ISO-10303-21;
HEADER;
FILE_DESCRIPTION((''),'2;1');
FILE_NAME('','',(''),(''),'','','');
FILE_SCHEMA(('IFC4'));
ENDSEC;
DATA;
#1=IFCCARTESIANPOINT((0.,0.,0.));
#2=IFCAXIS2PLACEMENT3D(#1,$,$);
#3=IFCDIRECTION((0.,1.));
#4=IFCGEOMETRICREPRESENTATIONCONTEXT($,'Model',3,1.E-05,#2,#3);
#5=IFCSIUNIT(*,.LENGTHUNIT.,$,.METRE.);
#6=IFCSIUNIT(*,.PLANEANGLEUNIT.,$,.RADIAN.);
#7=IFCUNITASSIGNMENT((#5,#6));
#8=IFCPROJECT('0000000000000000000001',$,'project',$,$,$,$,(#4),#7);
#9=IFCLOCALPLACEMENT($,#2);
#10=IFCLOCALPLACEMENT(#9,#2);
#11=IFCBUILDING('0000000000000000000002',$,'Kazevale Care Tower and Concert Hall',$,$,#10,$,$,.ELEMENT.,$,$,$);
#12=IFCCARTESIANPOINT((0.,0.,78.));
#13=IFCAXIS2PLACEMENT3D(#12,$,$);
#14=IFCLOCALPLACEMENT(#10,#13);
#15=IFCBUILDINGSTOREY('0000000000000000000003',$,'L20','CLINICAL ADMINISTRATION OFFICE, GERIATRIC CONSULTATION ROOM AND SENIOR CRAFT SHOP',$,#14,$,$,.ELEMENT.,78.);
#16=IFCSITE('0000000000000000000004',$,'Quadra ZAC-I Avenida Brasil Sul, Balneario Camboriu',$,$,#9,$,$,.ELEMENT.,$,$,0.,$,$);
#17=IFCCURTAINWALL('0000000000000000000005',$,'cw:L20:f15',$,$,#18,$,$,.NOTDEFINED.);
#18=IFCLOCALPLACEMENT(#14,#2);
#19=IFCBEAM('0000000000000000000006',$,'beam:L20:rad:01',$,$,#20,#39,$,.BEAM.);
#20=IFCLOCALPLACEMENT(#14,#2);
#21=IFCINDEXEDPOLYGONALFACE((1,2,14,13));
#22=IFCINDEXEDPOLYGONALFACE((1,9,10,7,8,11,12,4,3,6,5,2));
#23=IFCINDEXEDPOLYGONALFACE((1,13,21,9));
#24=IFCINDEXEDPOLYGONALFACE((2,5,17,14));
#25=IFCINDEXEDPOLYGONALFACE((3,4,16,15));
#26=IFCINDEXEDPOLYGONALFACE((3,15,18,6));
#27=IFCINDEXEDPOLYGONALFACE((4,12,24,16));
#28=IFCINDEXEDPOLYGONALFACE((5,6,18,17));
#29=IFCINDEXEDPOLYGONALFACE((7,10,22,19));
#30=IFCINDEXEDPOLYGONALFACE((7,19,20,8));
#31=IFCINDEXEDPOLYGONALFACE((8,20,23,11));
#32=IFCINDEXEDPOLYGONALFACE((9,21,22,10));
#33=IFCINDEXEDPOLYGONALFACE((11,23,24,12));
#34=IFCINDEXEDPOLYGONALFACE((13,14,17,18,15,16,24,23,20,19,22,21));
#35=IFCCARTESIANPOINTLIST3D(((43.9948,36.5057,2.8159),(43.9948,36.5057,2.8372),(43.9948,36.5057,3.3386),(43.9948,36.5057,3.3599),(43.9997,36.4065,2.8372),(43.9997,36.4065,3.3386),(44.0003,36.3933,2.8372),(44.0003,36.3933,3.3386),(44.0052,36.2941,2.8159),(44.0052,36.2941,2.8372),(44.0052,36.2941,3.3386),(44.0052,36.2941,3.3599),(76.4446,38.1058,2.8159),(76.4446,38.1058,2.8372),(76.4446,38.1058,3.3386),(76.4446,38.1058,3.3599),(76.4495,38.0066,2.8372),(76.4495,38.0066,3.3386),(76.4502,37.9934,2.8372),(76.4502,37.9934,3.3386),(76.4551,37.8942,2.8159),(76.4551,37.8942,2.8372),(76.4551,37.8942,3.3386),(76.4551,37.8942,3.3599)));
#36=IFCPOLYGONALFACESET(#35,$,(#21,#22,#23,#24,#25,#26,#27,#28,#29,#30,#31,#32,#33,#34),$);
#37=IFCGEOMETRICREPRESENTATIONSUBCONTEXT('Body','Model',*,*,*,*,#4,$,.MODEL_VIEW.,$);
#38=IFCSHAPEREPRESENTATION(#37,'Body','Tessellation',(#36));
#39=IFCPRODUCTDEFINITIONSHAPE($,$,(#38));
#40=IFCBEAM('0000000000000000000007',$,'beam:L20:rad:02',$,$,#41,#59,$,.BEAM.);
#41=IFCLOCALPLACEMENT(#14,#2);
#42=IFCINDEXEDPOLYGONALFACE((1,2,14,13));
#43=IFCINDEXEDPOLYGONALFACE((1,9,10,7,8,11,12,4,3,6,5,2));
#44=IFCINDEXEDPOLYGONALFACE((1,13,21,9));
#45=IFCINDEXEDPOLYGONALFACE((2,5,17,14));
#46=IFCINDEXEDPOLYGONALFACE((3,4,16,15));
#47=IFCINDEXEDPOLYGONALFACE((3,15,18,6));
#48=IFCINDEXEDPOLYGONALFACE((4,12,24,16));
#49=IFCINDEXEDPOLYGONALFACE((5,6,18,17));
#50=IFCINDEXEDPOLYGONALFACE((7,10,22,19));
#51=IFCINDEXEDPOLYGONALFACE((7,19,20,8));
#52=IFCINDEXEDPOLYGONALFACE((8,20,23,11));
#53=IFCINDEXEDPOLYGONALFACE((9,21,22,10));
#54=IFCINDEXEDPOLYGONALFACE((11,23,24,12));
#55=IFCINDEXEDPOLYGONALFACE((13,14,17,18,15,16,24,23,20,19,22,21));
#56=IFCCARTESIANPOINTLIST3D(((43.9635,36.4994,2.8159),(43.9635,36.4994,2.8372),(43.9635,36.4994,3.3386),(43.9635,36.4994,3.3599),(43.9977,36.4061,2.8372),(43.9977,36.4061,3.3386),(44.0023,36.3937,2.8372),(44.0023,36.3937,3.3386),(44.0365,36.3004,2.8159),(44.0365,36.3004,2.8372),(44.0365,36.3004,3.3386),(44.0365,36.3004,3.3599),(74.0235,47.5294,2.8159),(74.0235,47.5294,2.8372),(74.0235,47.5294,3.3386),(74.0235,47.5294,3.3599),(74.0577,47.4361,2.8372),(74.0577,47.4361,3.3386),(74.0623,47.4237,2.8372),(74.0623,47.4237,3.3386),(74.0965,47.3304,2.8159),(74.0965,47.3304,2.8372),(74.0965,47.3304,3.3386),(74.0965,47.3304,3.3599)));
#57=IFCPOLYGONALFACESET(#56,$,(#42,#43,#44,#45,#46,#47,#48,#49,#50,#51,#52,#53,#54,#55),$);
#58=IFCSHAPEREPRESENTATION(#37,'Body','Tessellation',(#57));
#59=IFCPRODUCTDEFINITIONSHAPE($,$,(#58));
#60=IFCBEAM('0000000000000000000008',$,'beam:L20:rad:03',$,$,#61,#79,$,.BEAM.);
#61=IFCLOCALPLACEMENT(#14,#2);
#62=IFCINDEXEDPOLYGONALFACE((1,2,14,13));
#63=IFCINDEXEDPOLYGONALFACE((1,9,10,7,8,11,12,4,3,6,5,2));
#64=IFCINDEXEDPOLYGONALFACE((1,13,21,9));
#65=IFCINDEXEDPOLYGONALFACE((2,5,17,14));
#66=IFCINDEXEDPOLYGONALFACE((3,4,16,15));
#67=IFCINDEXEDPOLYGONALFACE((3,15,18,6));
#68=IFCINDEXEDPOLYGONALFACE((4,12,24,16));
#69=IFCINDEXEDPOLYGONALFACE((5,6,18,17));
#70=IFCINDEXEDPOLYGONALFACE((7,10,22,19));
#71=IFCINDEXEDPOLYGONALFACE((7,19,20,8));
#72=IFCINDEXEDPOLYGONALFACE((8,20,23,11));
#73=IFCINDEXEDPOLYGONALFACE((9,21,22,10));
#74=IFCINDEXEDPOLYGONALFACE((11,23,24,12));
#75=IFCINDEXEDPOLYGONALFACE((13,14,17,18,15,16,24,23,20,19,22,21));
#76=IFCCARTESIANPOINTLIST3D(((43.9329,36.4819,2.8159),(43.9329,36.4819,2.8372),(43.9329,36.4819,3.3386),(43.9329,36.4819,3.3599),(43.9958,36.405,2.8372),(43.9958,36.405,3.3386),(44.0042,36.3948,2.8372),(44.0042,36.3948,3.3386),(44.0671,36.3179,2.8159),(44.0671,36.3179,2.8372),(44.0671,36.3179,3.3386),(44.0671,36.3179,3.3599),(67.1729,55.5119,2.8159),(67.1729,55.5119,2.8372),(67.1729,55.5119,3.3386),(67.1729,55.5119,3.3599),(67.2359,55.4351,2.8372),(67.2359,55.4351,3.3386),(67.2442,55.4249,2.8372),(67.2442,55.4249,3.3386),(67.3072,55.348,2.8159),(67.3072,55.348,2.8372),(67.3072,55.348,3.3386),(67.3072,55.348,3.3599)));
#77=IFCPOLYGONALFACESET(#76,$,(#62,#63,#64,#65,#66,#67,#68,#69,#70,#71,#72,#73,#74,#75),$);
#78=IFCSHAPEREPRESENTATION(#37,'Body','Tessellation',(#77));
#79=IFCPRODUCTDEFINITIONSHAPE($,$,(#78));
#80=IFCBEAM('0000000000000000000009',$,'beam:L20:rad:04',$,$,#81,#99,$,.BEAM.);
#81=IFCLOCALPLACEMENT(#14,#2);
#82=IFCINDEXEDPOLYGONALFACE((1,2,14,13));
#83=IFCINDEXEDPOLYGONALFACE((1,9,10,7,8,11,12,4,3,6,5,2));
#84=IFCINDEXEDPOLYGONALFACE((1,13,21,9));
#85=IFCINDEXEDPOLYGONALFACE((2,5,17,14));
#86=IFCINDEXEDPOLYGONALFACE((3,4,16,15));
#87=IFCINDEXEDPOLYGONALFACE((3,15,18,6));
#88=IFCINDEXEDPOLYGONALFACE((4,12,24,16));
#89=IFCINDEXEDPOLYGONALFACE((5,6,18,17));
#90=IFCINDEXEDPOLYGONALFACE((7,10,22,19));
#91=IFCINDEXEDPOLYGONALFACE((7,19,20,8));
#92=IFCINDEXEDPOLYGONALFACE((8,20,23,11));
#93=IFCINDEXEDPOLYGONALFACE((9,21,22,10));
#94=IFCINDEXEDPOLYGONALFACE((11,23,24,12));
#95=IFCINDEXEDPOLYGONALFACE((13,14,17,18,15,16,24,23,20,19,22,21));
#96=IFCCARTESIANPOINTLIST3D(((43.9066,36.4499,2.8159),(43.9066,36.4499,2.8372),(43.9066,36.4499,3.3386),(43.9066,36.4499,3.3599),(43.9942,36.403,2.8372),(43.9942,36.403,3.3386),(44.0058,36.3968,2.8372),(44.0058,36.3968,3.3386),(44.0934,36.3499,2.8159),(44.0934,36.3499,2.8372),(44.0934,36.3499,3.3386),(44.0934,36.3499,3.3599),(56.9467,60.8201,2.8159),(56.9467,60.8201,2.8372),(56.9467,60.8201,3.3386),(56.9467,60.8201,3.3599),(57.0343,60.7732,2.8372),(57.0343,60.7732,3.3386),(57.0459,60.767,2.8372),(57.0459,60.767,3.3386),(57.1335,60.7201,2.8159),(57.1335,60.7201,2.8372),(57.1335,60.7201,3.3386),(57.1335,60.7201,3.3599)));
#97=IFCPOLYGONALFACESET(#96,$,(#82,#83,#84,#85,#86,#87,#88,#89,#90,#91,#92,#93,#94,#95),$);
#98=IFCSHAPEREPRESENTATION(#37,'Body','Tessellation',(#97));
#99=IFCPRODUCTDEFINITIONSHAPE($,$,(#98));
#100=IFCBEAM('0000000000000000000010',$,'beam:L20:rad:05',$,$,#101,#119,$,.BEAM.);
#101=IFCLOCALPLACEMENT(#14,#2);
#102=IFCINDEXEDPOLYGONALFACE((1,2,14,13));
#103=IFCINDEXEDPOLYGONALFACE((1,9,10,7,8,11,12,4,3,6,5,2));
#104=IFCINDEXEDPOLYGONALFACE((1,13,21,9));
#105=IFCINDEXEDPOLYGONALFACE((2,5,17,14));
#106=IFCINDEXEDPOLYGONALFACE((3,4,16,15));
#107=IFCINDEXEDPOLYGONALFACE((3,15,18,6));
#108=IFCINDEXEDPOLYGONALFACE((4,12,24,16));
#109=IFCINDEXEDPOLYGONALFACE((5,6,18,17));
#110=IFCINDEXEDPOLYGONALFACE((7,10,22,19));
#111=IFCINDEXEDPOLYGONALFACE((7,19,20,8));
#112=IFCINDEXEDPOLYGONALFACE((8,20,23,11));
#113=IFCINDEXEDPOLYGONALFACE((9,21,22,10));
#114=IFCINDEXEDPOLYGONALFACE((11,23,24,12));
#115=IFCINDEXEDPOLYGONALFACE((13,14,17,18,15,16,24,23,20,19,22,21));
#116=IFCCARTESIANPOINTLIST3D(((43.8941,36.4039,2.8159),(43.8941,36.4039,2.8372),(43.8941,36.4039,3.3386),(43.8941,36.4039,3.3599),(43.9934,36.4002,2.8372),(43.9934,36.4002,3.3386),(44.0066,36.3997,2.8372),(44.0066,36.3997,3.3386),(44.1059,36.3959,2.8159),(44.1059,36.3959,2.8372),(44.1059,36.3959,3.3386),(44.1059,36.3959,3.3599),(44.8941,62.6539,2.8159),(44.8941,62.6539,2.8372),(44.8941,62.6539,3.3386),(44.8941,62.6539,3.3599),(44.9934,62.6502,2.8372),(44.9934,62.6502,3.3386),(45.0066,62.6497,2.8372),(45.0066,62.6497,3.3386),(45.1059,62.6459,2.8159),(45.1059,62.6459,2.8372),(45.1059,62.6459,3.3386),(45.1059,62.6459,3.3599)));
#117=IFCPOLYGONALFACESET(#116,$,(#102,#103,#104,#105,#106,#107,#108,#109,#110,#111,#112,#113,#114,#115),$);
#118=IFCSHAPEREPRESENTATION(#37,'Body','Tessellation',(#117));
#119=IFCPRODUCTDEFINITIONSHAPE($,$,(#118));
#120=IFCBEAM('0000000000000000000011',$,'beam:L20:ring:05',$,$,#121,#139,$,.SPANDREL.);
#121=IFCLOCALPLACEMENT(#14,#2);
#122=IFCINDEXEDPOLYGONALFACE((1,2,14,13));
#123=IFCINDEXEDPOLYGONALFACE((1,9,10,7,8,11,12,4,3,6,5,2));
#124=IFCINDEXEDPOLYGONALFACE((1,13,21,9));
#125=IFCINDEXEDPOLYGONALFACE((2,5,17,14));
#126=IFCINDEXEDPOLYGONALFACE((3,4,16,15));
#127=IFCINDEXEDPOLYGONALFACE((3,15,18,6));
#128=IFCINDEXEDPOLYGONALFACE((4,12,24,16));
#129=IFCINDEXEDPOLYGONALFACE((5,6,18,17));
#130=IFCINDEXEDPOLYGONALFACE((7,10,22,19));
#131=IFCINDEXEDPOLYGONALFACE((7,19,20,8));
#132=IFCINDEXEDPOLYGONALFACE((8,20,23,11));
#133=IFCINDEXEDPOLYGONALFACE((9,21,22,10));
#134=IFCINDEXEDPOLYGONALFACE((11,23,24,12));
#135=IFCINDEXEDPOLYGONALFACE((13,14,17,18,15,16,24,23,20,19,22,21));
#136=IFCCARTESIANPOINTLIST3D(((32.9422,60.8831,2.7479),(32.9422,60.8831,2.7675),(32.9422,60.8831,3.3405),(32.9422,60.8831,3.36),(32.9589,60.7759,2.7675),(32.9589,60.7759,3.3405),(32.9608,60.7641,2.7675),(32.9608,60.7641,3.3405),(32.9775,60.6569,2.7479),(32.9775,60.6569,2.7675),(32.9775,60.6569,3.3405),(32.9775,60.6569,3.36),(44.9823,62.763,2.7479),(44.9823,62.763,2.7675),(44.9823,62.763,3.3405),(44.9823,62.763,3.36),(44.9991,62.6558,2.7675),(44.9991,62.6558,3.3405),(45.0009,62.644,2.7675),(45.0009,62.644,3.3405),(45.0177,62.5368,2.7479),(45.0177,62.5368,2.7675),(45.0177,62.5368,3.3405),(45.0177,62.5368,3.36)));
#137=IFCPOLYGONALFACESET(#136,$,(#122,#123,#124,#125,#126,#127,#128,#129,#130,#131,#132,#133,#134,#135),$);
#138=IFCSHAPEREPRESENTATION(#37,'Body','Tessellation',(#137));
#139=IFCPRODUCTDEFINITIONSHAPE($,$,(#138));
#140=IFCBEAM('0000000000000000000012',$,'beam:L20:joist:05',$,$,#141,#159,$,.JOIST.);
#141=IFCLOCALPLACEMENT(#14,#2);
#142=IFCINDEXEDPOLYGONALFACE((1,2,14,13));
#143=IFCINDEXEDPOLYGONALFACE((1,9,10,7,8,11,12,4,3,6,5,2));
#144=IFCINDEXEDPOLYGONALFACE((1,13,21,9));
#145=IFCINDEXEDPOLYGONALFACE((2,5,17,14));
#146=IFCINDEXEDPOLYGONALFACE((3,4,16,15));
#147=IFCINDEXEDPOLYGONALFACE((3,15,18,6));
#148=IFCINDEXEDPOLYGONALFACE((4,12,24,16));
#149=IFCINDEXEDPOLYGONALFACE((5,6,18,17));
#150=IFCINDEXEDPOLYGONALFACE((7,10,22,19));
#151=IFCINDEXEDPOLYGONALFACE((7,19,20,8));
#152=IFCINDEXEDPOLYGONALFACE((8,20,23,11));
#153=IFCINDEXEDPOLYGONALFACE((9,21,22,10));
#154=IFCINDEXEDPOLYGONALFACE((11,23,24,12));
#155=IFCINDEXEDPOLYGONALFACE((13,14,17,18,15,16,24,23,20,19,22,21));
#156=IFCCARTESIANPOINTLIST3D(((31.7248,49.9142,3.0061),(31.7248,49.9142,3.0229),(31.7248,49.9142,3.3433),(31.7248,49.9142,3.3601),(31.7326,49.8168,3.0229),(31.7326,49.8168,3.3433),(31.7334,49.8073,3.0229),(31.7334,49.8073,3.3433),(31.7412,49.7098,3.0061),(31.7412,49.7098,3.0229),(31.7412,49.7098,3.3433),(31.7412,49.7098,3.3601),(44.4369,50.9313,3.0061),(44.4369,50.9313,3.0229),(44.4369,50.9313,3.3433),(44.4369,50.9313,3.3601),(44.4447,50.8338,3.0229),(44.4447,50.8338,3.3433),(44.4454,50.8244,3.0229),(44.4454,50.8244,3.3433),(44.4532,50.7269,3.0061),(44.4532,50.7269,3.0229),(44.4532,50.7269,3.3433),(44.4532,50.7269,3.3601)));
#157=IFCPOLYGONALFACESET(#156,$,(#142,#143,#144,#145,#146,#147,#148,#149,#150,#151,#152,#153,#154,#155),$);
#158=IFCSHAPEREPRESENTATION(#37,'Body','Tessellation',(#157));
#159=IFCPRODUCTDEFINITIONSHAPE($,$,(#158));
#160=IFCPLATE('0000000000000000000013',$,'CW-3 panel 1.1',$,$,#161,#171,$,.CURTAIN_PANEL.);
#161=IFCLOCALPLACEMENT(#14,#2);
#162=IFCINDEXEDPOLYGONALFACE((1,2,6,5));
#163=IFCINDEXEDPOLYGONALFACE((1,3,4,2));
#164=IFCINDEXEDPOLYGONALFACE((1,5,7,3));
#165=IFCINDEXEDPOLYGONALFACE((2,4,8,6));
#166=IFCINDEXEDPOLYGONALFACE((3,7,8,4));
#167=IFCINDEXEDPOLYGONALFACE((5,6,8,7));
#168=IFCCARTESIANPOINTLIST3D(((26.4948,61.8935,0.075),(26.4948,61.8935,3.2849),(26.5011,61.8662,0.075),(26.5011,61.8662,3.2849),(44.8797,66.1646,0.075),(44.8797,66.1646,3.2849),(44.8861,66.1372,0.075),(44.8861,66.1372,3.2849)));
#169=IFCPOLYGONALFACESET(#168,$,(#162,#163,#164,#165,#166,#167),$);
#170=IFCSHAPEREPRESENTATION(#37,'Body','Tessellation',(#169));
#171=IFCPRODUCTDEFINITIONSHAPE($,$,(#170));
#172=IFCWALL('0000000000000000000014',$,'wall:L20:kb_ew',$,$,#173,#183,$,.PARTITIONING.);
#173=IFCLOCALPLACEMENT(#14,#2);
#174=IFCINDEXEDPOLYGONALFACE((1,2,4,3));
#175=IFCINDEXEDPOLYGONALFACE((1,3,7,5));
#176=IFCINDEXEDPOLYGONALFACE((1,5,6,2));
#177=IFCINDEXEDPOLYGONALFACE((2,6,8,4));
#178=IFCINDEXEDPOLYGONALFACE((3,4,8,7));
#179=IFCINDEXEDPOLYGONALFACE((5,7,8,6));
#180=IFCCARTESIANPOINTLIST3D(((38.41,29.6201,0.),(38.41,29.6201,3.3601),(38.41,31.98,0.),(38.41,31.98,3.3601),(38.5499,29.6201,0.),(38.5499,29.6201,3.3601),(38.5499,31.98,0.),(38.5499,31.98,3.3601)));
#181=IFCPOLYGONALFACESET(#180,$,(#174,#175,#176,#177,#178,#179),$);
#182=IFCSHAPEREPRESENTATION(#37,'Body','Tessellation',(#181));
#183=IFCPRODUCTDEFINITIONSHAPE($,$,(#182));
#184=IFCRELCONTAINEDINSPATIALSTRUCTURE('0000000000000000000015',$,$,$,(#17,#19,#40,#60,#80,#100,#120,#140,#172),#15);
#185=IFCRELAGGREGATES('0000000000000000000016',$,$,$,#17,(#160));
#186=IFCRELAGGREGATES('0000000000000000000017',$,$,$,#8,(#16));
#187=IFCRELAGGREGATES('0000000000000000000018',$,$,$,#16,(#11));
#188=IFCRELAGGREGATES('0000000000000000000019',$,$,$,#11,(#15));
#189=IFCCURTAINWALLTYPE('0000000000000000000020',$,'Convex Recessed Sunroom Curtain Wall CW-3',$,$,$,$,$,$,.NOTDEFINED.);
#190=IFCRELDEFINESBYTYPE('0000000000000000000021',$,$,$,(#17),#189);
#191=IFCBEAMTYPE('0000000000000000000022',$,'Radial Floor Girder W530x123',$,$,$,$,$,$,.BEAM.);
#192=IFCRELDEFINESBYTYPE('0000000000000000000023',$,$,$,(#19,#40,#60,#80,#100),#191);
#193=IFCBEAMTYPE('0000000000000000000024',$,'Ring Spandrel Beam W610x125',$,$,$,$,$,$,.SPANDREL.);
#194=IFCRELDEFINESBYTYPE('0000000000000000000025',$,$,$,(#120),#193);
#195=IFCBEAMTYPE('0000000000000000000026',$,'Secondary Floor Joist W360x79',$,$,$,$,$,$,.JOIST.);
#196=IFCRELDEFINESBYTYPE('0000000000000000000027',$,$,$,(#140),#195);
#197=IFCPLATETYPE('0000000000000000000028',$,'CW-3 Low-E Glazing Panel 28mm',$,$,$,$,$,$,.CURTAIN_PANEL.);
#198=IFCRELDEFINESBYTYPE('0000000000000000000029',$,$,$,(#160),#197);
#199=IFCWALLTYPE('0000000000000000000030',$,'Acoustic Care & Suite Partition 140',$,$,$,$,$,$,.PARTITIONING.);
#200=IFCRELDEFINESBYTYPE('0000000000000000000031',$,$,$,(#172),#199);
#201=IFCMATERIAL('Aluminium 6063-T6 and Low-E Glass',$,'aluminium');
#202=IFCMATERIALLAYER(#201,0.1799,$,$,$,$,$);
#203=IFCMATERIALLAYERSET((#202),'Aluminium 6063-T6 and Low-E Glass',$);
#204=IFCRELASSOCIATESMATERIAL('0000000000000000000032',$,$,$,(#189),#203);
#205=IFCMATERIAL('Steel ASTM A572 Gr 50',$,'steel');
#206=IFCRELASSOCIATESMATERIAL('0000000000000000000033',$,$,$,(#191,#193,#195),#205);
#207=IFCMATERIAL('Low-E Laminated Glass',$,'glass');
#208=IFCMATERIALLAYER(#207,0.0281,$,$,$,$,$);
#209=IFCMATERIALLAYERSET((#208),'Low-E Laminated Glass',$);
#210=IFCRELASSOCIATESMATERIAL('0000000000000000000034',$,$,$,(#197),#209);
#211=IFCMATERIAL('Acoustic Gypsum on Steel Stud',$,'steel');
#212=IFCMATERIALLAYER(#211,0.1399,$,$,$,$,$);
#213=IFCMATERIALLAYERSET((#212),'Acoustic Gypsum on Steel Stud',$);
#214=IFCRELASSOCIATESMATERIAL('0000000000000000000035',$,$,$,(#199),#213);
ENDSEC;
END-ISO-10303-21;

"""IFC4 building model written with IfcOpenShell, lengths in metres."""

from ifc_helpers import new_model, si_unit, direction, frame, frame_2d, origin, origin_2d, place, context, subcontext, project, spatial, rectangle, i_section, extrude, material, layer, layer_set, material_profile, profile_set, type_object, element, aggregate, save


model = new_model("IFC4")

# Units and contexts
model_context = context("Model", 3, precision=1e-05, world=origin(), true_north=direction((0.0, 1.0)))
body_context = subcontext(model_context, "Body", "Model", "MODEL_VIEW")
ifc_project = project(units=[si_unit("LENGTHUNIT", "METRE"), si_unit("PLANEANGLEUNIT", "RADIAN")], contexts=[model_context])

# Site, building, storey
site_placement = place(None, origin())
site = spatial("IfcSite", under=ifc_project, at=site_placement, Name="Quadra ZAC-I Avenida Brasil Sul, Balneario Camboriu", CompositionType="ELEMENT", RefElevation=0.0)
building_placement = place(site_placement, origin())
building = spatial("IfcBuilding", under=site, at=building_placement, Name="Kazevale Care Tower and Concert Hall", CompositionType="ELEMENT")
storey_placement = place(building_placement, frame((0.0, 0.0, 78.0)))
storey = spatial("IfcBuildingStorey", under=building, at=storey_placement, Name="L20", Description="CLINICAL ADMINISTRATION OFFICE, GERIATRIC CONSULTATION ROOM AND SENIOR CRAFT SHOP", CompositionType="ELEMENT", Elevation=78.0)

# Shared definitions
ifc_material_1 = material(Name="Aluminium 6063-T6 and Low-E Glass", Category="aluminium")

# Curtain wall
ifc_layer_1 = layer(ifc_material_1, 0.1799)
ifc_layer_set_1 = layer_set([ifc_layer_1], Name="Aluminium 6063-T6 and Low-E Glass")
curtain_wall_type_1 = type_object("IfcCurtainWallType", Name="Convex Recessed Sunroom Curtain Wall CW-3", PredefinedType="NOTDEFINED", material=ifc_layer_set_1)
curtain_wall_1_placement = place(storey_placement, origin())
curtain_wall_1 = element("IfcCurtainWall", 1, at=curtain_wall_1_placement, inside=storey, type_object=curtain_wall_type_1, Name="cw:L20:f15", PredefinedType="NOTDEFINED")

# Beams
ifc_material_2 = material(Name="Steel ASTM A572 Gr 50", Category="steel")
ifc_material_profile_1 = material_profile(ifc_material_2, i_section(OverallWidth=0.2119, OverallDepth=0.5439, WebThickness=0.0132, FlangeThickness=0.0212, at=origin_2d()), Name="W530x123")
ifc_profile_set_1 = profile_set([ifc_material_profile_1], Name="Steel ASTM A572 Gr 50")
beam_type_1 = type_object("IfcBeamType", Name="Radial Floor Girder W530x123", PredefinedType="BEAM", material=ifc_profile_set_1)
beam_1_placement = place(storey_placement, frame((44.0, 36.3999, 3.0879), z_axis=(0.998786, 0.04925, 0.0), x_axis=(-0.04925, 0.998786, 0.0)))
element("IfcBeam", 2, at=beam_1_placement, inside=storey, type_object=beam_type_1, Name="beam:L20:rad:01", PredefinedType="BEAM", context=body_context, shape_type="SweptSolid", body=[
    extrude(i_section(OverallWidth=0.2119, OverallDepth=0.5439, WebThickness=0.0132, FlangeThickness=0.0212, at=origin_2d()), origin(), (0.0, 0.0, 1.0), 32.4893),
])
beam_2_placement = place(storey_placement, frame((44.0, 36.3999, 3.0879), z_axis=(0.938795, 0.344475, 0.0), x_axis=(-0.344475, 0.938795, 0.0)))
element("IfcBeam", 3, at=beam_2_placement, inside=storey, type_object=beam_type_1, Name="beam:L20:rad:02", PredefinedType="BEAM", context=body_context, shape_type="SweptSolid", body=[
    extrude(i_section(OverallWidth=0.2119, OverallDepth=0.5439, WebThickness=0.0132, FlangeThickness=0.0212, at=origin_2d()), origin(), (0.0, 0.0, 1.0), 32.0198),
])
beam_3_placement = place(storey_placement, frame((44.0, 36.3999, 3.0879), z_axis=(0.773704, 0.633547, 0.0), x_axis=(-0.633547, 0.773704, 0.0)))
element("IfcBeam", 4, at=beam_3_placement, inside=storey, type_object=beam_type_1, Name="beam:L20:rad:03", PredefinedType="BEAM", context=body_context, shape_type="SweptSolid", body=[
    extrude(i_section(OverallWidth=0.2119, OverallDepth=0.5439, WebThickness=0.0132, FlangeThickness=0.0212, at=origin_2d()), origin(), (0.0, 0.0, 1.0), 30.0374),
])
beam_4_placement = place(storey_placement, frame((44.0, 36.3999, 3.0879), z_axis=(0.471789, 0.881712, 0.0), x_axis=(-0.881712, 0.471789, 0.0)))
element("IfcBeam", 5, at=beam_4_placement, inside=storey, type_object=beam_type_1, Name="beam:L20:rad:04", PredefinedType="BEAM", context=body_context, shape_type="SweptSolid", body=[
    extrude(i_section(OverallWidth=0.2119, OverallDepth=0.5439, WebThickness=0.0132, FlangeThickness=0.0212, at=origin_2d()), origin(), (0.0, 0.0, 1.0), 27.6396),
])
beam_5_placement = place(storey_placement, frame((44.0, 36.3999, 3.0879), z_axis=(0.038068, 0.999275, 0.0), x_axis=(-0.999275, 0.038068, 0.0)))
element("IfcBeam", 6, at=beam_5_placement, inside=storey, type_object=beam_type_1, Name="beam:L20:rad:05", PredefinedType="BEAM", context=body_context, shape_type="SweptSolid", body=[
    extrude(i_section(OverallWidth=0.2119, OverallDepth=0.5439, WebThickness=0.0132, FlangeThickness=0.0212, at=origin_2d()), origin(), (0.0, 0.0, 1.0), 26.269),
])
ifc_material_profile_2 = material_profile(ifc_material_2, i_section(OverallWidth=0.229, OverallDepth=0.6121, WebThickness=0.012, FlangeThickness=0.0195, at=origin_2d()), Name="W610x125")
ifc_profile_set_2 = profile_set([ifc_material_profile_2], Name="Steel ASTM A572 Gr 50")
beam_type_2 = type_object("IfcBeamType", Name="Ring Spandrel Beam W610x125", PredefinedType="SPANDREL", material=ifc_profile_set_2)
beam_6_placement = place(storey_placement, frame((45.0, 62.6499, 3.054), z_axis=(-0.988029, -0.154267, 0.0), x_axis=(0.154267, -0.988029, 0.0)))
element("IfcBeam", 7, at=beam_6_placement, inside=storey, type_object=beam_type_2, Name="beam:L20:ring:05", PredefinedType="SPANDREL", context=body_context, shape_type="SweptSolid", body=[
    extrude(i_section(OverallWidth=0.229, OverallDepth=0.6121, WebThickness=0.012, FlangeThickness=0.0195, at=origin_2d()), origin(), (0.0, 0.0, 1.0), 12.186),
])
ifc_material_profile_3 = material_profile(ifc_material_2, i_section(OverallWidth=0.2051, OverallDepth=0.354, WebThickness=0.0095, FlangeThickness=0.0168, at=origin_2d()), Name="W360x79")
ifc_profile_set_3 = profile_set([ifc_material_profile_3], Name="Steel ASTM A572 Gr 50")
beam_type_3 = type_object("IfcBeamType", Name="Secondary Floor Joist W360x79", PredefinedType="JOIST", material=ifc_profile_set_3)
beam_7_placement = place(storey_placement, frame((44.4451, 50.8291, 3.1831), z_axis=(-0.996815, -0.079754, 0.0), x_axis=(0.079754, -0.996815, 0.0)))
element("IfcBeam", 8, at=beam_7_placement, inside=storey, type_object=beam_type_3, Name="beam:L20:joist:05", PredefinedType="JOIST", context=body_context, shape_type="SweptSolid", body=[
    extrude(i_section(OverallWidth=0.2051, OverallDepth=0.354, WebThickness=0.0095, FlangeThickness=0.0168, at=origin_2d()), origin(), (0.0, 0.0, 1.0), 12.7527),
])

# Plate
ifc_material_3 = material(Name="Low-E Laminated Glass", Category="glass")
ifc_layer_2 = layer(ifc_material_3, 0.0281)
ifc_layer_set_2 = layer_set([ifc_layer_2], Name="Low-E Laminated Glass")
plate_type = type_object("IfcPlateType", Name="CW-3 Low-E Glazing Panel 28mm", PredefinedType="CURTAIN_PANEL", material=ifc_layer_set_2)
plate_placement = place(storey_placement, frame((35.6904, 64.0154, 0.075), z_axis=(0.0, 0.0, 1.0), x_axis=(0.974061, 0.226287, 0.0)))
plate = element("IfcPlate", 9, at=plate_placement, type_object=plate_type, Name="CW-3 panel 1.1", PredefinedType="CURTAIN_PANEL", context=body_context, shape_type="SweptSolid", body=[
    extrude(rectangle(XDim=18.8745, YDim=0.0281, at=origin_2d()), origin(), (0.0, 0.0, 1.0), 3.21),
])
aggregate(curtain_wall_1, [plate])

# Wall
ifc_material_4 = material(Name="Acoustic Gypsum on Steel Stud", Category="steel")
ifc_layer_3 = layer(ifc_material_4, 0.1399)
ifc_layer_set_3 = layer_set([ifc_layer_3], Name="Acoustic Gypsum on Steel Stud")
wall_type_1 = type_object("IfcWallType", Name="Acoustic Care & Suite Partition 140", PredefinedType="PARTITIONING", material=ifc_layer_set_3)
for number, where, z_axis, x_axis, name in (
    (10, (38.48, 29.6201, 0.0), (0.0, 0.0, 1.0), (0.0, 1.0, 0.0), "wall:L20:kb_ew"),
):
    element("IfcWall", number, at=place(storey_placement, frame(where, z_axis=z_axis, x_axis=x_axis)), inside=storey, type_object=wall_type_1, Name=name, PredefinedType="PARTITIONING", context=body_context, shape_type="SweptSolid", body=[
        extrude(rectangle(XDim=2.3599, YDim=0.1399, at=frame_2d((1.1799, 0.0))), origin(), (0.0, 0.0, 1.0), 3.3601),
    ])

save(model, "model.ifc")
